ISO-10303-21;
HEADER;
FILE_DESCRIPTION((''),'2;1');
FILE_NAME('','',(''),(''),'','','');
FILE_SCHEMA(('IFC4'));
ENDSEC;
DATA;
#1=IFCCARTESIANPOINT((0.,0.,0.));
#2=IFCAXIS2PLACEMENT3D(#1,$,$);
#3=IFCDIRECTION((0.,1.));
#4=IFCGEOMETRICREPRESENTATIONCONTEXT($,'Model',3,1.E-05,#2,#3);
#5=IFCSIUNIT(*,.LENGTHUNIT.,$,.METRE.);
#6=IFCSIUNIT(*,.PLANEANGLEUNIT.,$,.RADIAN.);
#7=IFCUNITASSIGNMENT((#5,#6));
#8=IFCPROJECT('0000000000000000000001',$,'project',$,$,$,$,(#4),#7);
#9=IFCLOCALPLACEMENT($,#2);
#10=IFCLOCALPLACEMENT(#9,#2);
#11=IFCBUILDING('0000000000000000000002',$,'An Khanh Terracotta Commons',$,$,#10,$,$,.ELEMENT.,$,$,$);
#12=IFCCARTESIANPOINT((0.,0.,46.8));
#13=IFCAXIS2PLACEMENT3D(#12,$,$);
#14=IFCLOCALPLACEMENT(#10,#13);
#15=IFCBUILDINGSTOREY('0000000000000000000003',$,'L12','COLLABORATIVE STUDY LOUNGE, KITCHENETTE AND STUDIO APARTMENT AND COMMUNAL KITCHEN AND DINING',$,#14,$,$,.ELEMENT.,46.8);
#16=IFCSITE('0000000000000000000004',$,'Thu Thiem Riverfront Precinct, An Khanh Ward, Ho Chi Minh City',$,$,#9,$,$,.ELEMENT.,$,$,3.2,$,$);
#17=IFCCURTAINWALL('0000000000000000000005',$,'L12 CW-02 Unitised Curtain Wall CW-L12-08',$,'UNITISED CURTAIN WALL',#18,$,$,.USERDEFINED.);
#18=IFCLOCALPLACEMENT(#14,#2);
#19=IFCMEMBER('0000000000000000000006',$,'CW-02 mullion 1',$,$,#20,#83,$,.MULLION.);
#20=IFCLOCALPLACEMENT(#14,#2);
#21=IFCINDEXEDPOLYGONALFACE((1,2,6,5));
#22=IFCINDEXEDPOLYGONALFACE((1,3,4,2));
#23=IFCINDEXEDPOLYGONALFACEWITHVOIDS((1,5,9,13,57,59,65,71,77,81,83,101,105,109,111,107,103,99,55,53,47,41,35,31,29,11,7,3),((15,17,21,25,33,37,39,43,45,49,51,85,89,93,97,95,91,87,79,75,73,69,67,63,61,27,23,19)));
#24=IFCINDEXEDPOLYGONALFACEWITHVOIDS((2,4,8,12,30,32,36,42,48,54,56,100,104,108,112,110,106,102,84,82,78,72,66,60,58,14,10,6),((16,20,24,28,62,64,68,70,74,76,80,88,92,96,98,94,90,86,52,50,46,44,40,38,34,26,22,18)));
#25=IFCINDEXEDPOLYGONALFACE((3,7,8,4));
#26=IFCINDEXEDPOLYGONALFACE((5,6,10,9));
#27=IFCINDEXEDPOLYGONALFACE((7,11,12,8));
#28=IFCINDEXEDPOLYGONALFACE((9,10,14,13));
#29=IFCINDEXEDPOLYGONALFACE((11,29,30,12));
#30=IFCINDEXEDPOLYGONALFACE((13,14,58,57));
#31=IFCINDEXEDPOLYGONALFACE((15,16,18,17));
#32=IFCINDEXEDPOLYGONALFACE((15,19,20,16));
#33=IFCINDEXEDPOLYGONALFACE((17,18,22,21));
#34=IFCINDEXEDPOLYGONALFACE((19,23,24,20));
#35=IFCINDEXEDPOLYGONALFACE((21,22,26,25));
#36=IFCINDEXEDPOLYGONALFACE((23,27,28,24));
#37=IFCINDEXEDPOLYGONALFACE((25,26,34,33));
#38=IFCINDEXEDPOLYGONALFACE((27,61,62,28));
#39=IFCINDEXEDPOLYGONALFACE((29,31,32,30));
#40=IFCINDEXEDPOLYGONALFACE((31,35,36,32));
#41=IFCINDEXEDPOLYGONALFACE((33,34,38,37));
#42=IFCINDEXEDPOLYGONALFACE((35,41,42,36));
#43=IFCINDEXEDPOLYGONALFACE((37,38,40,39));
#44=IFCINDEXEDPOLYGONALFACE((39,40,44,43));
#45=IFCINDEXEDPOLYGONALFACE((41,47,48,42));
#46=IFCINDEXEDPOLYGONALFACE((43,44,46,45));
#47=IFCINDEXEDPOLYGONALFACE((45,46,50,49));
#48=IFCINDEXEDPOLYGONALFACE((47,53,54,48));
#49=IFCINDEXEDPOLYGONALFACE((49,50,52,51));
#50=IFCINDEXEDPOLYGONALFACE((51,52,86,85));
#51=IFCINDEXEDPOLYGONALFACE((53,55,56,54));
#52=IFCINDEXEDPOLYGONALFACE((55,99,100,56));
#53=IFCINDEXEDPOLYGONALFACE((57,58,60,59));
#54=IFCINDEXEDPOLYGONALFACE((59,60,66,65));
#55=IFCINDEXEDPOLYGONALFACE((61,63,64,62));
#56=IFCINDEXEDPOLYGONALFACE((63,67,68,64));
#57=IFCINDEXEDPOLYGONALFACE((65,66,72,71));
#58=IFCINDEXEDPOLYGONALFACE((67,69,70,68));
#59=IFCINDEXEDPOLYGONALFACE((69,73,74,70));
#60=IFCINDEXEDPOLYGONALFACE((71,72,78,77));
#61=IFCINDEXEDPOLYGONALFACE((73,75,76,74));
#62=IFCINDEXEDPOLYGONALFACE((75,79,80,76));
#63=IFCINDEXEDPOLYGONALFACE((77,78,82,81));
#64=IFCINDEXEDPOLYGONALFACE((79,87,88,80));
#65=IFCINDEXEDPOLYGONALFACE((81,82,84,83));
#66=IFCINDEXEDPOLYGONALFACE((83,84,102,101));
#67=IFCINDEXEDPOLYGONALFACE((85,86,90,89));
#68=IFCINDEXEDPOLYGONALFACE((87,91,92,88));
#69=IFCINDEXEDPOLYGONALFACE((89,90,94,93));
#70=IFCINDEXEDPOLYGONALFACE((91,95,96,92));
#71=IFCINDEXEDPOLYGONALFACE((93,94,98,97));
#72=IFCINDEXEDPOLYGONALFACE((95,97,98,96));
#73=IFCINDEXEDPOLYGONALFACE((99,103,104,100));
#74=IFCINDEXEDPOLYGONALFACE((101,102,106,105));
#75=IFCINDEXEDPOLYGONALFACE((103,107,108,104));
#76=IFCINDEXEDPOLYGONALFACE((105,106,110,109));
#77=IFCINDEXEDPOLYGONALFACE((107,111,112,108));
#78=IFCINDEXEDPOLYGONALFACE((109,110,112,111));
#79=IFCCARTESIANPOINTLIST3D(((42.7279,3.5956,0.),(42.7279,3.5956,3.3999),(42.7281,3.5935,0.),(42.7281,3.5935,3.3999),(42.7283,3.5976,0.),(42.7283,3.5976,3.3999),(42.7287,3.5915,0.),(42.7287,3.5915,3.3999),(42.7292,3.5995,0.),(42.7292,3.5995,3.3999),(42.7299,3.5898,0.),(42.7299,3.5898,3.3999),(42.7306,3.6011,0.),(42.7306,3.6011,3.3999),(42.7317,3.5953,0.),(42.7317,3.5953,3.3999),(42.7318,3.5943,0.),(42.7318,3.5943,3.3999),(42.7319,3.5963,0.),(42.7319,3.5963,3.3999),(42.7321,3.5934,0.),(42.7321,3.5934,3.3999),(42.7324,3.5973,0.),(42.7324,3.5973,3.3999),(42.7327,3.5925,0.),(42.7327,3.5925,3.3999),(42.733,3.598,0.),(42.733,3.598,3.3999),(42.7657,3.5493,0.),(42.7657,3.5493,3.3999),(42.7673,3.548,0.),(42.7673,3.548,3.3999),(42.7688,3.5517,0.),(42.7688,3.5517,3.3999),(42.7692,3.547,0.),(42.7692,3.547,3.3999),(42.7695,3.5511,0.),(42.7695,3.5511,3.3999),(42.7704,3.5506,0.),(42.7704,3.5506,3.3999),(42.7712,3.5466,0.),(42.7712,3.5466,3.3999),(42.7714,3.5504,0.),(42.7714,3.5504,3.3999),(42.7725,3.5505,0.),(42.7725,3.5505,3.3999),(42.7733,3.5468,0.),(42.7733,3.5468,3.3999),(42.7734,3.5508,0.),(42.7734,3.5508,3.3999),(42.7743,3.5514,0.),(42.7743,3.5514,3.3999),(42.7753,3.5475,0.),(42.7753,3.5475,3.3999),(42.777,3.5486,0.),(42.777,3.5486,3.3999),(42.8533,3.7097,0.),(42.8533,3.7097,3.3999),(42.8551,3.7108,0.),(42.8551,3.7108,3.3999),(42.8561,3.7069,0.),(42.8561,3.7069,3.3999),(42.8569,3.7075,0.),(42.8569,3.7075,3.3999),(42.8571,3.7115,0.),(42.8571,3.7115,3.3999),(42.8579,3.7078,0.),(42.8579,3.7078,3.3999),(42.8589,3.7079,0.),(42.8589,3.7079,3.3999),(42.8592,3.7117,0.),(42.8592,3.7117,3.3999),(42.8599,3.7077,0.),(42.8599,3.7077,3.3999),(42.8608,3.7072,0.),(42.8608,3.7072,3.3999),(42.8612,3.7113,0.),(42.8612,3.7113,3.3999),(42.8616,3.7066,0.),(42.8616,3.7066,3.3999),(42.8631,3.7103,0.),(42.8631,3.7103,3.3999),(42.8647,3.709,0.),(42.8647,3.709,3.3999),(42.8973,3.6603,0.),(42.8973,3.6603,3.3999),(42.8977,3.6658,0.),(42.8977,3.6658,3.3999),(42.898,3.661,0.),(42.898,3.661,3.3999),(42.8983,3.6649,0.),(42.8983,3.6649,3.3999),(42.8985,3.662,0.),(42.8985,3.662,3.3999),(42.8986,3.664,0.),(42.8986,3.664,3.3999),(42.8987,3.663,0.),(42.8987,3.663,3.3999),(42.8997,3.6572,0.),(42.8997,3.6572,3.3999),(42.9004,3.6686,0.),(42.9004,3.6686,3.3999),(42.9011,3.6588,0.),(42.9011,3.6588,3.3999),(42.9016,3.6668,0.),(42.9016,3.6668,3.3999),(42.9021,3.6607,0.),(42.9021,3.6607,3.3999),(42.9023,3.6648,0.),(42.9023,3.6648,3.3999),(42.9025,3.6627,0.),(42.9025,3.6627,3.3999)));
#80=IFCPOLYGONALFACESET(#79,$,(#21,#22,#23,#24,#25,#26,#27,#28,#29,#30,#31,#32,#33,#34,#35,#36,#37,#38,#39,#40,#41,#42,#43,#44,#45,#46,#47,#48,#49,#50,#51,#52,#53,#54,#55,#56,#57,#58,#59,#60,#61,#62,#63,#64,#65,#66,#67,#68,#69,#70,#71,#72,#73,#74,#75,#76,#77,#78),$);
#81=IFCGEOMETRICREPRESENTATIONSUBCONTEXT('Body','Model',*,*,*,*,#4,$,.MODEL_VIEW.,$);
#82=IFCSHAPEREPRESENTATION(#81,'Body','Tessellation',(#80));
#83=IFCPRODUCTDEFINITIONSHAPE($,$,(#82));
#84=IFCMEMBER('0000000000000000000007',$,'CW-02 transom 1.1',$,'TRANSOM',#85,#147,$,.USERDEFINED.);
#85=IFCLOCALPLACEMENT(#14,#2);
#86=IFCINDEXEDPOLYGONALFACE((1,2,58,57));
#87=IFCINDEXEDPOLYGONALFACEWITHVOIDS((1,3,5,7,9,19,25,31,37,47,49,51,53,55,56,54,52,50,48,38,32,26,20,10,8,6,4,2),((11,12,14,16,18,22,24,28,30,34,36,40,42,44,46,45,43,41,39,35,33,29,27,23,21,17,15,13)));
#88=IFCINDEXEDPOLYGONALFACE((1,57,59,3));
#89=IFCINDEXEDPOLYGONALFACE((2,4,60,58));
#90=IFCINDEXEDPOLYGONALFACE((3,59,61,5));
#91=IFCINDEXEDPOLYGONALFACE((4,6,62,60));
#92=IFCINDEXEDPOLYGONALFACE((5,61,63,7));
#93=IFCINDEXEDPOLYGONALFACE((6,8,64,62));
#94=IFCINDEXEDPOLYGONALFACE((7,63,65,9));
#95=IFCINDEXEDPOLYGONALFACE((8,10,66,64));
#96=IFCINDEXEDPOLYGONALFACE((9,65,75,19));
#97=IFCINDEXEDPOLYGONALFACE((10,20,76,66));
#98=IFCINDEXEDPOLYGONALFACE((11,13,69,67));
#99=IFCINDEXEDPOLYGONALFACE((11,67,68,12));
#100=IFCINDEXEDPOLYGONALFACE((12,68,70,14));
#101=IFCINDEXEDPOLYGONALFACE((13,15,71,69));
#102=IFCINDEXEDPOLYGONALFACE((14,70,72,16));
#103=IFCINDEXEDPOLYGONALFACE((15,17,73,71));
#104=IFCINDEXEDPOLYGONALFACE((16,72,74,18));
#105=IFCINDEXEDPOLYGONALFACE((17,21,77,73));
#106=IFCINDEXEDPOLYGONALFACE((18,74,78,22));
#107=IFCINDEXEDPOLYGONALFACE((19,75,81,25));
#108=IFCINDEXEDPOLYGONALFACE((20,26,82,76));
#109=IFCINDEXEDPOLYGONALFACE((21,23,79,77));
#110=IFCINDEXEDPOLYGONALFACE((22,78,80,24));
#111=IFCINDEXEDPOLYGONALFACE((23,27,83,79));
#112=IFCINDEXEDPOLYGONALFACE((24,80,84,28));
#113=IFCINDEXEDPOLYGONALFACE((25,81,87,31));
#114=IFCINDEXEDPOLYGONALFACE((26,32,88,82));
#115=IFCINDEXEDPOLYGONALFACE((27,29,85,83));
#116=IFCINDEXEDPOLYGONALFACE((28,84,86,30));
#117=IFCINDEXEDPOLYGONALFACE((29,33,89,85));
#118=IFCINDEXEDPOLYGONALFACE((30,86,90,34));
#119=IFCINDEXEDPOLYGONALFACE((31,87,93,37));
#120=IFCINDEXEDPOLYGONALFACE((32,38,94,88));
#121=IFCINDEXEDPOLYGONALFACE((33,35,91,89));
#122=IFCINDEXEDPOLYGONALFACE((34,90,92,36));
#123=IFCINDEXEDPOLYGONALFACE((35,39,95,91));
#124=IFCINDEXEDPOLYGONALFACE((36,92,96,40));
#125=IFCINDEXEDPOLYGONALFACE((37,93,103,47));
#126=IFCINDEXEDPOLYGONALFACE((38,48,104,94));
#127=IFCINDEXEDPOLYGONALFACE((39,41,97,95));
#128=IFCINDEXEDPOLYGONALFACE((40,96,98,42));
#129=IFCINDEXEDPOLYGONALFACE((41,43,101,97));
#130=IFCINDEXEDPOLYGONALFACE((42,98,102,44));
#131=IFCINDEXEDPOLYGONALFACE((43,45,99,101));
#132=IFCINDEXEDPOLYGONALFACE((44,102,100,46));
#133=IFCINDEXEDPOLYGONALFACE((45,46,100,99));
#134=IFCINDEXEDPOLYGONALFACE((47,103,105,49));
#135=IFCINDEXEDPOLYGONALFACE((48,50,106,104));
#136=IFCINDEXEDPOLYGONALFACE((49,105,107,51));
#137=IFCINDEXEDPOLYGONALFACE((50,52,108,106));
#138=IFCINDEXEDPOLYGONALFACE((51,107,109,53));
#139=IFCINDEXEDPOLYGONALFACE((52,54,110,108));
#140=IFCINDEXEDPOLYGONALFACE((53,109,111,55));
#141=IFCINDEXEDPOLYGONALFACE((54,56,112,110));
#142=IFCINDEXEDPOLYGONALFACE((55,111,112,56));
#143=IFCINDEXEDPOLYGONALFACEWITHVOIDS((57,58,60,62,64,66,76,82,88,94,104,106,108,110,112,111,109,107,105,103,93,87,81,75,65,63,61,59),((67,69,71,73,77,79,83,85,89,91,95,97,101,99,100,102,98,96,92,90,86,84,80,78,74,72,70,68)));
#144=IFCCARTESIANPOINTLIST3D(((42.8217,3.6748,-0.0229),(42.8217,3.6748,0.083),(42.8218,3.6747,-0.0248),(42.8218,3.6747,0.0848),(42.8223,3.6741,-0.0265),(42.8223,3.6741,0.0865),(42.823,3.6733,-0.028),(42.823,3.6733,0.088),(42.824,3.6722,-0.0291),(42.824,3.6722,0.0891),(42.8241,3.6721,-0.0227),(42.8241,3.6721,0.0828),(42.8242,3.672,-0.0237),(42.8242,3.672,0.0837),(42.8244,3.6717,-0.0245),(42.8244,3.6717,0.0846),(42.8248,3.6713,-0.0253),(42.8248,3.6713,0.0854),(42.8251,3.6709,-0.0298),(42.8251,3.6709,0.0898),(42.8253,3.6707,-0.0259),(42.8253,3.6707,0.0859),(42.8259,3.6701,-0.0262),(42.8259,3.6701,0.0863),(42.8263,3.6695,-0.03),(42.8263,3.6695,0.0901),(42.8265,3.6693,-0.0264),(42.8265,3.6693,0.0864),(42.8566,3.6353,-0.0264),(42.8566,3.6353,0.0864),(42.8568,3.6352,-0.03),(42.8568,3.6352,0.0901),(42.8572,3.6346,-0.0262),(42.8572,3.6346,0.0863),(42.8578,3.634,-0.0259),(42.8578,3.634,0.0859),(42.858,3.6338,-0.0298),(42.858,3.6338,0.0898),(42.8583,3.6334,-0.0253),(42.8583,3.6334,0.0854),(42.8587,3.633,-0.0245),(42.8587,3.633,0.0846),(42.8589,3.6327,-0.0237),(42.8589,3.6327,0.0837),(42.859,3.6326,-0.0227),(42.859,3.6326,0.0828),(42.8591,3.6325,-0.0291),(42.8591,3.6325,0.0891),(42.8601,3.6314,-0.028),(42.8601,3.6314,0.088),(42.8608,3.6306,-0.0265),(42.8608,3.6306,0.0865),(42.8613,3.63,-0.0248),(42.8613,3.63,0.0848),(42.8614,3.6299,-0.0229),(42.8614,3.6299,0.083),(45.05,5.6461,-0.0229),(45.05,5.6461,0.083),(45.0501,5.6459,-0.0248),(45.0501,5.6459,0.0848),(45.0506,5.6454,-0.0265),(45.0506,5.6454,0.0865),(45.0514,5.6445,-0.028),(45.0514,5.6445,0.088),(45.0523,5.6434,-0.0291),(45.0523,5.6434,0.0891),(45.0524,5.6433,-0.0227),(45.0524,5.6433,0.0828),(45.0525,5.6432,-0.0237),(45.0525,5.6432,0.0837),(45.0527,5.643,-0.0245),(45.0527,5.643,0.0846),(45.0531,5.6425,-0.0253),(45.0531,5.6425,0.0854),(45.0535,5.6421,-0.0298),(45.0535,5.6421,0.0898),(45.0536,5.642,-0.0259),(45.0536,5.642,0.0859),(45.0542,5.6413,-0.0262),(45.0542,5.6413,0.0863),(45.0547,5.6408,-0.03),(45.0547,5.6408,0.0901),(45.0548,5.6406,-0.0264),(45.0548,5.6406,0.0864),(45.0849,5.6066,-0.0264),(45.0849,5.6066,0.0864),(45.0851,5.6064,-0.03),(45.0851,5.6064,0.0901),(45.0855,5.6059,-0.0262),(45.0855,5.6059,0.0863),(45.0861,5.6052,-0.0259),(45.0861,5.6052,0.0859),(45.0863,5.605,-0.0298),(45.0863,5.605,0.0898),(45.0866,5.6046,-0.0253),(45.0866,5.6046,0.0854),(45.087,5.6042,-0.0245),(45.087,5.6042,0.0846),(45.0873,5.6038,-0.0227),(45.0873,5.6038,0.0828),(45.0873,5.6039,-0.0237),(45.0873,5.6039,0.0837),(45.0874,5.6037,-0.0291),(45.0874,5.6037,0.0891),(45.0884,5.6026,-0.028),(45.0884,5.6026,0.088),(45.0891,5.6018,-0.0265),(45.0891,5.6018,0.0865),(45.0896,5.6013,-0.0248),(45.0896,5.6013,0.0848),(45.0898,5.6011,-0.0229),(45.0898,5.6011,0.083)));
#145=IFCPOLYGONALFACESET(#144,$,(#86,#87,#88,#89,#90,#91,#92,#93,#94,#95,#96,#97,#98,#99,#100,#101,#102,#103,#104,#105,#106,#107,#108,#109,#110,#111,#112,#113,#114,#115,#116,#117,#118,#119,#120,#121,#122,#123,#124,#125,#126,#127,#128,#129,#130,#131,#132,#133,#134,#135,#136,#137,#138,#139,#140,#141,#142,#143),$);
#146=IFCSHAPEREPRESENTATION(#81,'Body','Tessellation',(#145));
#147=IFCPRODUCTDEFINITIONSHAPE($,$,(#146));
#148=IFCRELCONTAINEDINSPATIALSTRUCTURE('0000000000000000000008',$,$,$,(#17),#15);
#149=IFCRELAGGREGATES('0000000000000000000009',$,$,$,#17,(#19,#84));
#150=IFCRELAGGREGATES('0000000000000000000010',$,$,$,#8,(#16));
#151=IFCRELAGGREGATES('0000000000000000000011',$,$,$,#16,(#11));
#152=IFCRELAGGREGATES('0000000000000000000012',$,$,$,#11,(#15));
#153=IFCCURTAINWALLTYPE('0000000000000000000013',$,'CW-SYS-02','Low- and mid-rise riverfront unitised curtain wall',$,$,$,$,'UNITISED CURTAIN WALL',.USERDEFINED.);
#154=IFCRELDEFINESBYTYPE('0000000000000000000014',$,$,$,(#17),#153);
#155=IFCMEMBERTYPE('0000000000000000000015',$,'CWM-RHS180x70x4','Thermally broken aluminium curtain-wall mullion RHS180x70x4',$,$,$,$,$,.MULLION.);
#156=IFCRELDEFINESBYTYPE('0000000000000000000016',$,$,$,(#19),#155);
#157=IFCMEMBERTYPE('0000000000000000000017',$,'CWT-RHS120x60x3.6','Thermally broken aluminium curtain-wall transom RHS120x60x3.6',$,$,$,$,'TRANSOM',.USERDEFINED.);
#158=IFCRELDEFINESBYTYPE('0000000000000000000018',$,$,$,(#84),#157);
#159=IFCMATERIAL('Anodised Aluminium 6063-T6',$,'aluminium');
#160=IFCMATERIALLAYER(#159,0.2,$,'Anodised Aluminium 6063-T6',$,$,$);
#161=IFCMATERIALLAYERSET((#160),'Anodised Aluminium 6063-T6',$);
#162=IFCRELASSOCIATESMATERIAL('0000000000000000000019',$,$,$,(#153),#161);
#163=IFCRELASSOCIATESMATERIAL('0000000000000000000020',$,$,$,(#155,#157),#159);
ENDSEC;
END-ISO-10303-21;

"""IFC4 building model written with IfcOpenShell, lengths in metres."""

from ifc_helpers import new_model, si_unit, direction, frame, origin, origin_2d, place, context, subcontext, project, spatial, hollow_rectangle, extrude, material, layer, layer_set, material_profile, profile_set, type_object, element, aggregate, save


model = new_model("IFC4")

# Units and contexts
model_context = context("Model", 3, precision=1e-05, world=origin(), true_north=direction((0.0, 1.0)))
body_context = subcontext(model_context, "Body", "Model", "MODEL_VIEW")
ifc_project = project(units=[si_unit("LENGTHUNIT", "METRE"), si_unit("PLANEANGLEUNIT", "RADIAN")], contexts=[model_context])

# Site, building, storey
site_placement = place(None, origin())
site = spatial("IfcSite", under=ifc_project, at=site_placement, Name="Thu Thiem Riverfront Precinct, An Khanh Ward, Ho Chi Minh City", CompositionType="ELEMENT", RefElevation=3.2)
building_placement = place(site_placement, origin())
building = spatial("IfcBuilding", under=site, at=building_placement, Name="An Khanh Terracotta Commons", CompositionType="ELEMENT")
storey_placement = place(building_placement, frame((0.0, 0.0, 46.8)))
storey = spatial("IfcBuildingStorey", under=building, at=storey_placement, Name="L12", Description="COLLABORATIVE STUDY LOUNGE, KITCHENETTE AND STUDIO APARTMENT AND COMMUNAL KITCHEN AND DINING", CompositionType="ELEMENT", Elevation=46.8)

# Curtain wall, members
ifc_material_1 = material(Name="Anodised Aluminium 6063-T6", Category="aluminium")
ifc_layer_1 = layer(ifc_material_1, 0.2, Name="Anodised Aluminium 6063-T6")
ifc_layer_set_1 = layer_set([ifc_layer_1], Name="Anodised Aluminium 6063-T6")
curtain_wall_type = type_object("IfcCurtainWallType", Name="CW-SYS-02", Description="Low- and mid-rise riverfront unitised curtain wall", ElementType="UNITISED CURTAIN WALL", PredefinedType="USERDEFINED", material=ifc_layer_set_1)
curtain_wall_placement = place(storey_placement, origin())
curtain_wall = element("IfcCurtainWall", 1, at=curtain_wall_placement, inside=storey, type_object=curtain_wall_type, Name="L12 CW-02 Unitised Curtain Wall CW-L12-08", ObjectType="UNITISED CURTAIN WALL", PredefinedType="USERDEFINED")
ifc_material_profile_1 = material_profile(ifc_material_1, hollow_rectangle(XDim=0.0701, YDim=0.1799, WallThickness=0.0039, InnerFilletRadius=0.0039, OuterFilletRadius=0.0081, at=origin_2d()), Name="RHS180x70x4")
ifc_profile_set_1 = profile_set([ifc_material_profile_1], Name="Anodised Aluminium 6063-T6")
member_type_1 = type_object("IfcMemberType", Name="CWM-RHS180x70x4", Description="Thermally broken aluminium curtain-wall mullion RHS180x70x4", PredefinedType="MULLION", material=ifc_profile_set_1)
member_1_placement = place(storey_placement, frame((42.8152, 3.6292, 0.0), z_axis=(0.0, 0.0, 1.0), x_axis=(-0.662548, 0.749019, 0.0)))
member_1 = element("IfcMember", 2, at=member_1_placement, type_object=member_type_1, Name="CW-02 mullion 1", PredefinedType="MULLION", context=body_context, shape_type="SweptSolid", body=[
    extrude(hollow_rectangle(XDim=0.0701, YDim=0.1799, WallThickness=0.0039, InnerFilletRadius=0.0039, OuterFilletRadius=0.0081, at=origin_2d()), origin(), (0.0, 0.0, 1.0), 3.3999),
])
ifc_material_profile_2 = material_profile(ifc_material_1, hollow_rectangle(XDim=0.0601, YDim=0.1201, WallThickness=0.0037, InnerFilletRadius=0.0037, OuterFilletRadius=0.0071, at=origin_2d()), Name="RHS120x60x3.6")
ifc_profile_set_2 = profile_set([ifc_material_profile_2], Name="Anodised Aluminium 6063-T6")
member_type_2 = type_object("IfcMemberType", Name="CWT-RHS120x60x3.6", Description="Thermally broken aluminium curtain-wall transom RHS120x60x3.6", ElementType="TRANSOM", PredefinedType="USERDEFINED", material=ifc_profile_set_2)
member_2_placement = place(storey_placement, frame((42.8416, 3.6523, 0.03), z_axis=(0.748992, 0.662579, 0.0), x_axis=(-0.662579, 0.748992, 0.0)))
member_2 = element("IfcMember", 3, at=member_2_placement, type_object=member_type_2, Name="CW-02 transom 1.1", ObjectType="TRANSOM", PredefinedType="USERDEFINED", context=body_context, shape_type="SweptSolid", body=[
    extrude(hollow_rectangle(XDim=0.0601, YDim=0.1201, WallThickness=0.0037, InnerFilletRadius=0.0037, OuterFilletRadius=0.0071, at=origin_2d()), origin(), (0.0, 0.0, 1.0), 2.9751),
])
aggregate(curtain_wall, [member_1, member_2])

save(model, "model.ifc")
